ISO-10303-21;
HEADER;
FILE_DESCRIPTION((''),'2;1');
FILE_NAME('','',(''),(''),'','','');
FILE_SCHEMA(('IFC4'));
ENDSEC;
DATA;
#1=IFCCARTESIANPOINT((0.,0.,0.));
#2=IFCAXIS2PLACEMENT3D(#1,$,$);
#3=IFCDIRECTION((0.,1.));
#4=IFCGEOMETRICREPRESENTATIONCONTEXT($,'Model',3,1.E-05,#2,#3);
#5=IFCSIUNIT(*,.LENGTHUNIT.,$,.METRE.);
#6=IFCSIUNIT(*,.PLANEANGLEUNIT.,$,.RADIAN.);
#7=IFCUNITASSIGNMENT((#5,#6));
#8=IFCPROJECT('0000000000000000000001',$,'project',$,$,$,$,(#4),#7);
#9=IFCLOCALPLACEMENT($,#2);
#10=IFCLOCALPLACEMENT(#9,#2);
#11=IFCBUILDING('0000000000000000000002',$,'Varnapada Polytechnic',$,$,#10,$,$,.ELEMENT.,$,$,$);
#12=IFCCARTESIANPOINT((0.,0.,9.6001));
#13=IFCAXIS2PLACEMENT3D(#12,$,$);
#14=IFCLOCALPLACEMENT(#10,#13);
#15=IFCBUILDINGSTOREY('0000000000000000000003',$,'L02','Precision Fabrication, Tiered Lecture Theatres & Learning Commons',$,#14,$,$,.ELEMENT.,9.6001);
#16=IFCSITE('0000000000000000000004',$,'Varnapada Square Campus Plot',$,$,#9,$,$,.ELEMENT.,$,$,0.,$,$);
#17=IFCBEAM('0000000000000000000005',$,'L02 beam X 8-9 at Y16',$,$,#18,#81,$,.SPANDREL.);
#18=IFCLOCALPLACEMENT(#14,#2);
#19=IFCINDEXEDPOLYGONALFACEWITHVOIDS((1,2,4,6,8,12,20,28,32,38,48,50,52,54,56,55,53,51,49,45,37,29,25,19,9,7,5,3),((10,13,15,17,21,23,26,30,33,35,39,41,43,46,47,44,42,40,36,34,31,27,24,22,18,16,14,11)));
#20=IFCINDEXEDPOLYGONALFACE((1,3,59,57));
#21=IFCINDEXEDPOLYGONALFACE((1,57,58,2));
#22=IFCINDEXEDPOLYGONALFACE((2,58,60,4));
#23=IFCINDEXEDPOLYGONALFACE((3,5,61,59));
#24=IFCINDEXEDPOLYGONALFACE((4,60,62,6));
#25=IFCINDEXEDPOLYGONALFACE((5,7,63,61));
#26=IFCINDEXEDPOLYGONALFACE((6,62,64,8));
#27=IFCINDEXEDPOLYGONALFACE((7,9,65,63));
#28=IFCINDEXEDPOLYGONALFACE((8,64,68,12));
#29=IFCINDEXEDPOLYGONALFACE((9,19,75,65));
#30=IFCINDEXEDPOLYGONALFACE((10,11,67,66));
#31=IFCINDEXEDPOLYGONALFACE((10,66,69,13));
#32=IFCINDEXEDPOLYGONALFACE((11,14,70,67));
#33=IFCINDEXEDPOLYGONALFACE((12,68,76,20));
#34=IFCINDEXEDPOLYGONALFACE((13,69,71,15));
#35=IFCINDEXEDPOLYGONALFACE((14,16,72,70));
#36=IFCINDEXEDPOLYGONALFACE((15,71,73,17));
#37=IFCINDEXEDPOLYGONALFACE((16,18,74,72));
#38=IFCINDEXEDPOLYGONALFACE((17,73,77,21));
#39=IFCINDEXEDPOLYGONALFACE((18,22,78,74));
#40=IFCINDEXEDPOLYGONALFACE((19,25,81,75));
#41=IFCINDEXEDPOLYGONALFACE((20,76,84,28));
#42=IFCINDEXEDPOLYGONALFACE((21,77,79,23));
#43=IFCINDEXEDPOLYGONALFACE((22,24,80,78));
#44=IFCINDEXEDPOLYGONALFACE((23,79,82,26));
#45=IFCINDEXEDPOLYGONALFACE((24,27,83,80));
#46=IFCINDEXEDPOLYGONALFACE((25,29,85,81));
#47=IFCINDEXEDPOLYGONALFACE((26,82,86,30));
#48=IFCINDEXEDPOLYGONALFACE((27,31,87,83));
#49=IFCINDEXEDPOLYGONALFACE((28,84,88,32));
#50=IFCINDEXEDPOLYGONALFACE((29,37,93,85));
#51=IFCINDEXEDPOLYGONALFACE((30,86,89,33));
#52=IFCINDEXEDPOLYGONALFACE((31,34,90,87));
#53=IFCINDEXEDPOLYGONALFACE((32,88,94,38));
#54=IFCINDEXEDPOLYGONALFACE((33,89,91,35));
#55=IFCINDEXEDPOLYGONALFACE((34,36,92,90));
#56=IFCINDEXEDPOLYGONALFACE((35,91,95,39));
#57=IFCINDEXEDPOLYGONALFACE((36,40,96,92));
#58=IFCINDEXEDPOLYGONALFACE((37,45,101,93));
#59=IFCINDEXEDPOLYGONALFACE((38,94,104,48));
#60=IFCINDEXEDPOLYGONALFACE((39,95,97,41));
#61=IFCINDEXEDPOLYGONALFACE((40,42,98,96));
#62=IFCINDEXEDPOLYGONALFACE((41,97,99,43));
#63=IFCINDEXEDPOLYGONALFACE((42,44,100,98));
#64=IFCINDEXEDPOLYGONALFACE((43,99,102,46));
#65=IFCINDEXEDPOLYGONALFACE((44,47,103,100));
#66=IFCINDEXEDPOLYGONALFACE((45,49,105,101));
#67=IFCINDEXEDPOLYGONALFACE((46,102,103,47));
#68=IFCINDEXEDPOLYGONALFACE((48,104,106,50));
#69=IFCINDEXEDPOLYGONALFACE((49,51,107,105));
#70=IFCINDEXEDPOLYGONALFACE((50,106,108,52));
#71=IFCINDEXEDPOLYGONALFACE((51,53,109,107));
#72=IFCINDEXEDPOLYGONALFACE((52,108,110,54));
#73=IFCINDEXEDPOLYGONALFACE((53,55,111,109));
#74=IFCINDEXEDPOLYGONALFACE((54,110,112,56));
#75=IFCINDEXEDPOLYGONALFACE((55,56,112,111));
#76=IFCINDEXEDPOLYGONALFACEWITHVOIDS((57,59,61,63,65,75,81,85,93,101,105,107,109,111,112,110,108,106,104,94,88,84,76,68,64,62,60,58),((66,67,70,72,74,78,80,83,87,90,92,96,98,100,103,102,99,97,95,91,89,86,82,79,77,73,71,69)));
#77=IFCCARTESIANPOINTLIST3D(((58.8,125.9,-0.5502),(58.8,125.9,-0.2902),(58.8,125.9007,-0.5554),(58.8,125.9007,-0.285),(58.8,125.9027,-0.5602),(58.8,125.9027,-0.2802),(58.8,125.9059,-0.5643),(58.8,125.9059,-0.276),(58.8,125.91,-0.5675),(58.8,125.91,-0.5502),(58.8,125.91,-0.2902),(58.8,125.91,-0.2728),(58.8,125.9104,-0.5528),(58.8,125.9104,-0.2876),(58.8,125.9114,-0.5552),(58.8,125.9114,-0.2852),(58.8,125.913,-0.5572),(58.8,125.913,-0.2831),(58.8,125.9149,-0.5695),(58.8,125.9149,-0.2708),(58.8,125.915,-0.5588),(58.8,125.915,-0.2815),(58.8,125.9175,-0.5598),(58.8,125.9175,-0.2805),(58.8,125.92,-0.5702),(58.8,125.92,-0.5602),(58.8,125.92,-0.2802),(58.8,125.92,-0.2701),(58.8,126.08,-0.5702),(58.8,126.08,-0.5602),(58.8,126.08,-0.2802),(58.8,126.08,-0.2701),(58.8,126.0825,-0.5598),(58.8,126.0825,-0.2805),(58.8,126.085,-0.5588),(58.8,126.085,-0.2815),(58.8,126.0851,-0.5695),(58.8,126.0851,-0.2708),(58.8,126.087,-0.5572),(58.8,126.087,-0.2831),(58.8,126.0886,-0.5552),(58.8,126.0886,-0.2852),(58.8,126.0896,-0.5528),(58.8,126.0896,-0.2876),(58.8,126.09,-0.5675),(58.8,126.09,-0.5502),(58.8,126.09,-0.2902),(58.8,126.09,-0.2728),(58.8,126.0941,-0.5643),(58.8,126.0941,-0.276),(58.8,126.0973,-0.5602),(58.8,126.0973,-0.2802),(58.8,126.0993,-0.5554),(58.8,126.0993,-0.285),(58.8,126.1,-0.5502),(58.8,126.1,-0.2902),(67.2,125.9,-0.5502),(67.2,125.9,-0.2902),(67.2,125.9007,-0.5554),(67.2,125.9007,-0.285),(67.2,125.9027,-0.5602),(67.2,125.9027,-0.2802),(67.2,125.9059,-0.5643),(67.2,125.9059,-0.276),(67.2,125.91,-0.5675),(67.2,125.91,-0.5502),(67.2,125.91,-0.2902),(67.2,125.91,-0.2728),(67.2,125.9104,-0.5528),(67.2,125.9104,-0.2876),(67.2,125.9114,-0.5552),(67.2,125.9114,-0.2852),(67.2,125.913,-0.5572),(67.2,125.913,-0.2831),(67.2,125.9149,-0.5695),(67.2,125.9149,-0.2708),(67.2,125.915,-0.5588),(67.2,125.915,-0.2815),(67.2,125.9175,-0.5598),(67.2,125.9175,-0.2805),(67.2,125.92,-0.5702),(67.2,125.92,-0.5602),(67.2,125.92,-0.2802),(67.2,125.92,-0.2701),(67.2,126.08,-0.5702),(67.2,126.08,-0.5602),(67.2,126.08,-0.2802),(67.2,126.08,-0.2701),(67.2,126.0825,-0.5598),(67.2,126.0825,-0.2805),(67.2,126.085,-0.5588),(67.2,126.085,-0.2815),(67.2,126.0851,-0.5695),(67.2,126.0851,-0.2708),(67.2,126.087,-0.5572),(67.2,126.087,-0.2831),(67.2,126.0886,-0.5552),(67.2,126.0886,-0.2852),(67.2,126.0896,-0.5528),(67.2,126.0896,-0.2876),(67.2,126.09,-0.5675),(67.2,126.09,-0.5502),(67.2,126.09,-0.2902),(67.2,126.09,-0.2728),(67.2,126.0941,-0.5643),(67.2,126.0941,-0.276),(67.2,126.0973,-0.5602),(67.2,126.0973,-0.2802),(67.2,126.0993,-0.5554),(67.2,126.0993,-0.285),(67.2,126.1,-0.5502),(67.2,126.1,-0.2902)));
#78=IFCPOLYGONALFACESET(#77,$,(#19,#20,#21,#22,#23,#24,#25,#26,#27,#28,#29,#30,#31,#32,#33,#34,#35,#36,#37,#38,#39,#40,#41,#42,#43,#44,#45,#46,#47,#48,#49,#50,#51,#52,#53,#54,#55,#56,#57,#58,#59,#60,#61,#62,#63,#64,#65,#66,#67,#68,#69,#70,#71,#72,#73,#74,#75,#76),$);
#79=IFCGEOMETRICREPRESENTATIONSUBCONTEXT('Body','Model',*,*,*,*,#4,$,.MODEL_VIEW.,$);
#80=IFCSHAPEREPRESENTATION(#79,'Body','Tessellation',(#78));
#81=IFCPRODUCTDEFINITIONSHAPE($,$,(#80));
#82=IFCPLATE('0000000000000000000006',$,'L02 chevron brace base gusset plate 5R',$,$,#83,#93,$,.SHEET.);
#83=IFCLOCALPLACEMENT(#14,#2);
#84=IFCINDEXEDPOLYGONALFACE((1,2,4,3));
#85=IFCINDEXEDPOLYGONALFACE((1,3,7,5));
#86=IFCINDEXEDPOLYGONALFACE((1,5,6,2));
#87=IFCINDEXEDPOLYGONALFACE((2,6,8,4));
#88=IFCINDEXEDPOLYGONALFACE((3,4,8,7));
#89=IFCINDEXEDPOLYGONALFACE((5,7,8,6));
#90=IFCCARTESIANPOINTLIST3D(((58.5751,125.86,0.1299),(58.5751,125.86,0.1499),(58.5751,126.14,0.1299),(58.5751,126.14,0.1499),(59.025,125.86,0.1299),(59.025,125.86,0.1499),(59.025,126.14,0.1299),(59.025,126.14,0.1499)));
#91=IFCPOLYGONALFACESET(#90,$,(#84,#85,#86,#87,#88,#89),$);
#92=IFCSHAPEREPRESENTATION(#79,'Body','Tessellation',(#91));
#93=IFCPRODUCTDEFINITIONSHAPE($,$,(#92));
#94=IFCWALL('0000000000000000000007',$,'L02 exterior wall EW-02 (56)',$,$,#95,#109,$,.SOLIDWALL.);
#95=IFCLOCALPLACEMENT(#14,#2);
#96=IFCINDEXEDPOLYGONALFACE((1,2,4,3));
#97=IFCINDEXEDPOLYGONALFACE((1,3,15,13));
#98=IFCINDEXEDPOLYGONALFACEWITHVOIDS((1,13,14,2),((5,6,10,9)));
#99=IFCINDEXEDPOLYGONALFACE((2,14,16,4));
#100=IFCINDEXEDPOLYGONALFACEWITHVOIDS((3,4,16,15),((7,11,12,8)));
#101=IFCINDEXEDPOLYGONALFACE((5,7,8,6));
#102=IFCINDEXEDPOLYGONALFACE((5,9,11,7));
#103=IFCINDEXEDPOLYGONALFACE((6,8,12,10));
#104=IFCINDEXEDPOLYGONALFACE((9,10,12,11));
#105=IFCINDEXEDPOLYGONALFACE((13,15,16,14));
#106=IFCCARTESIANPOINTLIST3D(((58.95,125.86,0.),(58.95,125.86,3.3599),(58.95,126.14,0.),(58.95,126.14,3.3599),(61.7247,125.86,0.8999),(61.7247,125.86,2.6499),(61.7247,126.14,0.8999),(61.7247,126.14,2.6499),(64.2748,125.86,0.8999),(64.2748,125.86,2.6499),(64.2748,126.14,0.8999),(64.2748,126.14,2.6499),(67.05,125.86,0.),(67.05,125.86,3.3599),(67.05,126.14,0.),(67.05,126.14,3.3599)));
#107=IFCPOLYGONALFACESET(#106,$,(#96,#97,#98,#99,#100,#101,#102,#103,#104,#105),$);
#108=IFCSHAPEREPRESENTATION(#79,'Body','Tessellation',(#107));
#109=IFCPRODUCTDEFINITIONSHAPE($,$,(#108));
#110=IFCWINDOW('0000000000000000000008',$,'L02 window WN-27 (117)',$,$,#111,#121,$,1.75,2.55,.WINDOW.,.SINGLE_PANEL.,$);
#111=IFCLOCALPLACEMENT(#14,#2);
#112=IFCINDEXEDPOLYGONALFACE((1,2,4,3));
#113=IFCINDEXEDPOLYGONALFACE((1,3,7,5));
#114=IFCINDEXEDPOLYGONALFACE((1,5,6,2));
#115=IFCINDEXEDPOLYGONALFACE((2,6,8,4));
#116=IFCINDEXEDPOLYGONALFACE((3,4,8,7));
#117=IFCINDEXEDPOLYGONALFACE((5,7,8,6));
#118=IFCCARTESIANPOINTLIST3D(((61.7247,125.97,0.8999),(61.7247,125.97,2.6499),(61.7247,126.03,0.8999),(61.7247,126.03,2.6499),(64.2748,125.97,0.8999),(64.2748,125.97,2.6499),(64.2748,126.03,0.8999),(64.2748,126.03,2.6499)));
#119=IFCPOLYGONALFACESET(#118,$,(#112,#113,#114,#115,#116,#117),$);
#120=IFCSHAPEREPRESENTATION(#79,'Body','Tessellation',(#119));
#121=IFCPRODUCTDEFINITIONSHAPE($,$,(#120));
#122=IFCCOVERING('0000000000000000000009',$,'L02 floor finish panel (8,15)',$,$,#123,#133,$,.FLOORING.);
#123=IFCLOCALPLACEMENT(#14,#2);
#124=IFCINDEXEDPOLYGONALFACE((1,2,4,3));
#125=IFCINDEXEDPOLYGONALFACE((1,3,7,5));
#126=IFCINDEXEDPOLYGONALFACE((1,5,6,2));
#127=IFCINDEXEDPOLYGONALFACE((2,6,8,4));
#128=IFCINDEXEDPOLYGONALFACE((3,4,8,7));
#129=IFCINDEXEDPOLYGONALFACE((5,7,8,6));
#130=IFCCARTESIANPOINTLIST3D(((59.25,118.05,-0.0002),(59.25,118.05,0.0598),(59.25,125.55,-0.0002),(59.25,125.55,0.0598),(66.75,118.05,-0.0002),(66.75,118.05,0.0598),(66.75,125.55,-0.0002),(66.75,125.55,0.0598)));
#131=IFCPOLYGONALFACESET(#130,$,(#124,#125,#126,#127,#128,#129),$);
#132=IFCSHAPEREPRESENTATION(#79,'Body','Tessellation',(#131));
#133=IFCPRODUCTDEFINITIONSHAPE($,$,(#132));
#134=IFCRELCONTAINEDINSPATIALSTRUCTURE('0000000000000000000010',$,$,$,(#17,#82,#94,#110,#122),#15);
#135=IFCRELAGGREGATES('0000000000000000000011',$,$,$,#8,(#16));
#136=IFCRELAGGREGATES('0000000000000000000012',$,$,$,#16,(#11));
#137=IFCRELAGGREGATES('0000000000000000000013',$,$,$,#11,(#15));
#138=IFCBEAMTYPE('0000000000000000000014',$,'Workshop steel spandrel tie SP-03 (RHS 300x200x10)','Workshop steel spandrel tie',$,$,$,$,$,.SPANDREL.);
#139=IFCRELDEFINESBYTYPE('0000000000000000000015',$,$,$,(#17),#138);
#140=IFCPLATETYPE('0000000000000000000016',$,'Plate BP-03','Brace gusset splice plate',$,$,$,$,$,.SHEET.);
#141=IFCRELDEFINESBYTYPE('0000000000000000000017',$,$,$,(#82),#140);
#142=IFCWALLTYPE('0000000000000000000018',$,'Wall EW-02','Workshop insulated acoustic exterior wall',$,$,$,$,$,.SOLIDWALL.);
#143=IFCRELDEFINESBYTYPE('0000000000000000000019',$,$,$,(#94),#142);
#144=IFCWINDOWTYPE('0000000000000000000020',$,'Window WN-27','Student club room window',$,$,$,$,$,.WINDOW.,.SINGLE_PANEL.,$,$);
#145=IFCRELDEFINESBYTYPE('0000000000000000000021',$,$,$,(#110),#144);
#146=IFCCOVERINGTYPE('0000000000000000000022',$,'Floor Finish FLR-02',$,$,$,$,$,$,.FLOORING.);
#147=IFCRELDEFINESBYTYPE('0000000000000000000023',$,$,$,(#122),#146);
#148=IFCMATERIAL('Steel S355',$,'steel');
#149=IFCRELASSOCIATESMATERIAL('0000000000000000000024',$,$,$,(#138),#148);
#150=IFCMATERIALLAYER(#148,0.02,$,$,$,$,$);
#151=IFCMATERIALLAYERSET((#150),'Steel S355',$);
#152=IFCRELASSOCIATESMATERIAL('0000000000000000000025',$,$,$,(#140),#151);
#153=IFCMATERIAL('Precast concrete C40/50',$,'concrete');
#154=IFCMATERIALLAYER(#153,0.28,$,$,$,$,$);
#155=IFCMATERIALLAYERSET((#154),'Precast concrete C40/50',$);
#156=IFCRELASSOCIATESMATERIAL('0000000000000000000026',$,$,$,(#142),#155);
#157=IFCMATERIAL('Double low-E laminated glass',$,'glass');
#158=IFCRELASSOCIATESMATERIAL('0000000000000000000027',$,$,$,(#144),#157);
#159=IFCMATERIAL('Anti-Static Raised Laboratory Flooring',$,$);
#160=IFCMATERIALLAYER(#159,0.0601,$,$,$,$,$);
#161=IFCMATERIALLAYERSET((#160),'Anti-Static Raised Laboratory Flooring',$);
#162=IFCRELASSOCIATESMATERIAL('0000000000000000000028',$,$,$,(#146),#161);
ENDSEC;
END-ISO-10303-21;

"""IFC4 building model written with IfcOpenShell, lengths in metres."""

from ifc_helpers import new_model, si_unit, direction, frame, frame_2d, origin, origin_2d, place, context, subcontext, project, spatial, rectangle, hollow_rectangle, extrude, material, layer, layer_set, material_profile, profile_set, type_object, element, fill, save


model = new_model("IFC4")

# Units and contexts
model_context = context("Model", 3, precision=1e-05, world=origin(), true_north=direction((0.0, 1.0)))
body_context = subcontext(model_context, "Body", "Model", "MODEL_VIEW")
ifc_project = project(units=[si_unit("LENGTHUNIT", "METRE"), si_unit("PLANEANGLEUNIT", "RADIAN")], contexts=[model_context])

# Site, building, storey
site_placement = place(None, origin())
site = spatial("IfcSite", under=ifc_project, at=site_placement, Name="Varnapada Square Campus Plot", CompositionType="ELEMENT", RefElevation=0.0)
building_placement = place(site_placement, origin())
building = spatial("IfcBuilding", under=site, at=building_placement, Name="Varnapada Polytechnic", CompositionType="ELEMENT")
storey_placement = place(building_placement, frame((0.0, 0.0, 9.6001)))
storey = spatial("IfcBuildingStorey", under=building, at=storey_placement, Name="L02", Description="Precision Fabrication, Tiered Lecture Theatres & Learning Commons", CompositionType="ELEMENT", Elevation=9.6001)

# Shared definitions
ifc_material_1 = material(Name="Steel S355", Category="steel")

# Beam
ifc_material_profile_1 = material_profile(ifc_material_1, hollow_rectangle(XDim=0.2, YDim=0.3, WallThickness=0.01, InnerFilletRadius=0.01, OuterFilletRadius=0.02, at=origin_2d()), Name="RHS 300x200x10")
ifc_profile_set_1 = profile_set([ifc_material_profile_1], Name="Steel S355")
beam_type_1 = type_object("IfcBeamType", Name="Workshop steel spandrel tie SP-03 (RHS 300x200x10)", Description="Workshop steel spandrel tie", PredefinedType="SPANDREL", material=ifc_profile_set_1)
beam_1_placement = place(storey_placement, frame((58.8, 126.0, -0.4202), z_axis=(1.0, 0.0, 0.0), x_axis=(0.0, 1.0, 0.0)))
element("IfcBeam", 1, at=beam_1_placement, inside=storey, type_object=beam_type_1, Name="L02 beam X 8-9 at Y16", PredefinedType="SPANDREL", context=body_context, shape_type="SweptSolid", body=[
    extrude(hollow_rectangle(XDim=0.2, YDim=0.3, WallThickness=0.01, InnerFilletRadius=0.01, OuterFilletRadius=0.02, at=origin_2d()), origin(), (0.0, 0.0, 1.0), 8.3999),
])

# Plate
ifc_layer_1 = layer(ifc_material_1, 0.02)
ifc_layer_set_1 = layer_set([ifc_layer_1], Name="Steel S355")
plate_type = type_object("IfcPlateType", Name="Plate BP-03", Description="Brace gusset splice plate", PredefinedType="SHEET", material=ifc_layer_set_1)
plate_placement = place(storey_placement, frame((58.8, 126.0, 0.1299), z_axis=(0.0, 0.0, 1.0), x_axis=(1.0, 0.0, 0.0)))
element("IfcPlate", 2, at=plate_placement, inside=storey, type_object=plate_type, Name="L02 chevron brace base gusset plate 5R", PredefinedType="SHEET", context=body_context, shape_type="SweptSolid", body=[
    extrude(rectangle(XDim=0.45, YDim=0.28, at=origin_2d()), origin(), (0.0, 0.0, 1.0), 0.02),
])

# Wall, opening, window
ifc_material_2 = material(Name="Precast concrete C40/50", Category="concrete")
ifc_layer_2 = layer(ifc_material_2, 0.28)
ifc_layer_set_2 = layer_set([ifc_layer_2], Name="Precast concrete C40/50")
wall_type = type_object("IfcWallType", Name="Wall EW-02", Description="Workshop insulated acoustic exterior wall", PredefinedType="SOLIDWALL", material=ifc_layer_set_2)
wall_placement = place(storey_placement, frame((58.95, 126.0, 0.0), z_axis=(0.0, 0.0, 1.0), x_axis=(1.0, 0.0, 0.0)))
wall = element("IfcWall", 3, at=wall_placement, inside=storey, type_object=wall_type, Name="L02 exterior wall EW-02 (56)", PredefinedType="SOLIDWALL", context=body_context, shape_type="SweptSolid", body=[
    extrude(rectangle(XDim=8.1001, YDim=0.28, at=frame_2d((4.05, 0.0))), origin(), (0.0, 0.0, 1.0), 3.3599),
])
opening_1_placement = place(wall_placement, frame((2.7749, 0.0, 0.8999)))
opening_1 = element("IfcOpeningElement", 4, at=opening_1_placement, cuts=wall, PredefinedType="OPENING", context=body_context, shape_type="SweptSolid", body=[
    extrude(rectangle(XDim=2.55, YDim=1.75, at=frame_2d((1.2749, 0.875))), frame((0.0, 0.1499, 0.0), z_axis=(0.0, -1.0, 0.0), x_axis=(1.0, 0.0, 0.0)), (0.0, 0.0, 1.0), 0.3),
])
ifc_material_3 = material(Name="Double low-E laminated glass", Category="glass")
window_type = type_object("IfcWindowType", Name="Window WN-27", Description="Student club room window", PartitioningType="SINGLE_PANEL", PredefinedType="WINDOW", material=ifc_material_3)
window_placement = place(opening_1_placement, origin())
window = element("IfcWindow", 5, at=window_placement, inside=storey, type_object=window_type, Name="L02 window WN-27 (117)", OverallHeight=1.75, OverallWidth=2.55, PartitioningType="SINGLE_PANEL", PredefinedType="WINDOW", context=body_context, shape_type="SweptSolid", body=[
    extrude(rectangle(XDim=2.55, YDim=1.75, at=frame_2d((1.2749, 0.875))), frame((0.0, 0.03, 0.0), z_axis=(0.0, -1.0, 0.0), x_axis=(1.0, 0.0, 0.0)), (0.0, 0.0, 1.0), 0.0601),
])
fill(opening_1, window)

# Covering
ifc_material_4 = material(Name="Anti-Static Raised Laboratory Flooring")
ifc_layer_3 = layer(ifc_material_4, 0.0601)
ifc_layer_set_3 = layer_set([ifc_layer_3], Name="Anti-Static Raised Laboratory Flooring")
covering_type_1 = type_object("IfcCoveringType", Name="Floor Finish FLR-02", PredefinedType="FLOORING", material=ifc_layer_set_3)
covering_1_placement = place(storey_placement, frame((63.0, 121.8, -0.0002), z_axis=(0.0, 0.0, 1.0), x_axis=(1.0, 0.0, 0.0)))
element("IfcCovering", 6, at=covering_1_placement, inside=storey, type_object=covering_type_1, Name="L02 floor finish panel (8,15)", PredefinedType="FLOORING", context=body_context, shape_type="SweptSolid", body=[
    extrude(rectangle(XDim=7.5, YDim=7.5, at=origin_2d()), origin(), (0.0, 0.0, 1.0), 0.0601),
])

save(model, "model.ifc")
